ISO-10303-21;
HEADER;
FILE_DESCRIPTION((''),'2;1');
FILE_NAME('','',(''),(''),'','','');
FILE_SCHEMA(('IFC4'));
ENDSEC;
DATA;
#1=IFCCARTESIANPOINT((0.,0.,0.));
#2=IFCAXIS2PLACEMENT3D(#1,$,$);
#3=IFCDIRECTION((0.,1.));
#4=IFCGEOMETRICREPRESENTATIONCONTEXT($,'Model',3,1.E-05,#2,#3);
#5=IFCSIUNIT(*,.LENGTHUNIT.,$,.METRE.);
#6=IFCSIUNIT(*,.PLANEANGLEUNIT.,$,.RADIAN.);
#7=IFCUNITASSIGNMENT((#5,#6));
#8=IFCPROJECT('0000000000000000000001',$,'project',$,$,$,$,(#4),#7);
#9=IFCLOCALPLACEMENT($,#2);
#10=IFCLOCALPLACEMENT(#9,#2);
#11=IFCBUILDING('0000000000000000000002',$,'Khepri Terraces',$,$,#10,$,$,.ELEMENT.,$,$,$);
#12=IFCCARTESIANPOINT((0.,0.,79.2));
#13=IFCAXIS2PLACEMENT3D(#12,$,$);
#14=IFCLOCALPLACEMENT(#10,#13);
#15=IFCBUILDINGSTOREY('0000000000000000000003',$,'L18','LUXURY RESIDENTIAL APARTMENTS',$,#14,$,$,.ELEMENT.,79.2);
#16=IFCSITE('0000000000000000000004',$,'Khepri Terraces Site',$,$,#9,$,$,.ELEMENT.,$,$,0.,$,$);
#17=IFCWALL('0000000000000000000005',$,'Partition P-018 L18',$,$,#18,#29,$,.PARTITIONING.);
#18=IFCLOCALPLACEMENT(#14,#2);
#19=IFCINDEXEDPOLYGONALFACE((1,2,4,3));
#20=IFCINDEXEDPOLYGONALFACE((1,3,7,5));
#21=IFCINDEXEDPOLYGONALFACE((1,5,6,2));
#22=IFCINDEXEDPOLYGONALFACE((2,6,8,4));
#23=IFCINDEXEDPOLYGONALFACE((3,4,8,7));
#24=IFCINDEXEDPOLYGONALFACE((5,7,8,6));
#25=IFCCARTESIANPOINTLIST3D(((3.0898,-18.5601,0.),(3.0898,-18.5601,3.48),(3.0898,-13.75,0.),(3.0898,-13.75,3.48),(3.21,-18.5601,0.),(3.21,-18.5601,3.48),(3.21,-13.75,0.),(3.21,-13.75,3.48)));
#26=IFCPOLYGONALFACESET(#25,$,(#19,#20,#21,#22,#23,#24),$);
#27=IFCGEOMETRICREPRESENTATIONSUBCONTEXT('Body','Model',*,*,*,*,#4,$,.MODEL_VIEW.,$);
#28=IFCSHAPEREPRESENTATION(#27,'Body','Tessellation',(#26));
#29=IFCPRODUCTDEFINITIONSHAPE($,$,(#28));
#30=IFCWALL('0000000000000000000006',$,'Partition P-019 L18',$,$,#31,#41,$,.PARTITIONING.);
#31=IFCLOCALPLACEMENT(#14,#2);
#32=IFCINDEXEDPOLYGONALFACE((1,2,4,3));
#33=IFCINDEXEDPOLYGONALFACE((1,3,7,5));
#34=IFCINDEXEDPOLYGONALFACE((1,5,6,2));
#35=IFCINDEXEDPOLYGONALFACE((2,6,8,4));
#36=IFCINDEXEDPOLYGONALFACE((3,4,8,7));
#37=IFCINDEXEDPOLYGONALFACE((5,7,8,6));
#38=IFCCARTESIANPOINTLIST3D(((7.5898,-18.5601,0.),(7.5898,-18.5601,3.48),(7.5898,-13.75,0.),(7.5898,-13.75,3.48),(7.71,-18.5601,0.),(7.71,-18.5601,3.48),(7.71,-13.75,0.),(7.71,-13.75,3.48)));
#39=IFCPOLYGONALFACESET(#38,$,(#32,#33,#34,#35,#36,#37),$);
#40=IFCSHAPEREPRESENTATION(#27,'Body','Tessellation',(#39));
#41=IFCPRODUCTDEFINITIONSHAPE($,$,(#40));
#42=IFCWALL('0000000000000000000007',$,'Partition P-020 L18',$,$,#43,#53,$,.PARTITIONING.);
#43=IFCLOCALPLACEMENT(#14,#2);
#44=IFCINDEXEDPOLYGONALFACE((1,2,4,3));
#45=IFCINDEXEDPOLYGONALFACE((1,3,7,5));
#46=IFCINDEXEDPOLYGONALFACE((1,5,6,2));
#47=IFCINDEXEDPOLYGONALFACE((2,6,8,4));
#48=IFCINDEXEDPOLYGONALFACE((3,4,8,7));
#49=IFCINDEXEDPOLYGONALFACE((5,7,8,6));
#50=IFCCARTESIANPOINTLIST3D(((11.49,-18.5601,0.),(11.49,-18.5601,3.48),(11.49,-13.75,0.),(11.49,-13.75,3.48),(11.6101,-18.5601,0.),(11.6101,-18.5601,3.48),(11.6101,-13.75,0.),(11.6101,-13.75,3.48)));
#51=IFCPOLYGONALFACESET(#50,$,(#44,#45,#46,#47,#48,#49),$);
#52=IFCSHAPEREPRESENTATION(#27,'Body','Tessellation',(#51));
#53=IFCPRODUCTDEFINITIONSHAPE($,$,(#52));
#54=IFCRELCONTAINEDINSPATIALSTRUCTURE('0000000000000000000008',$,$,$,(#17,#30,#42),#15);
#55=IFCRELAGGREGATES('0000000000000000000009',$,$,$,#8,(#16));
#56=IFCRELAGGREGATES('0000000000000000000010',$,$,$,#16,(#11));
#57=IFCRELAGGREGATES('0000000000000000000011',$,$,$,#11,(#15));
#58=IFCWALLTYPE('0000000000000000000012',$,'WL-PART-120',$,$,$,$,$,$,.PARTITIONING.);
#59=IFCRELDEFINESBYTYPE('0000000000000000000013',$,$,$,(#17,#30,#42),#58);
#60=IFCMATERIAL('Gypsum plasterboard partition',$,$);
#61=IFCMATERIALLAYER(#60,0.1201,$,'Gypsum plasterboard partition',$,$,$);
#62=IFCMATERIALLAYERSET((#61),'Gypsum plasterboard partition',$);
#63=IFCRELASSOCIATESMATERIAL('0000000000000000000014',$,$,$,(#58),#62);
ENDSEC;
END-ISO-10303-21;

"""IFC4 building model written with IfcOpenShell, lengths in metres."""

from ifc_helpers import new_model, si_unit, direction, frame, frame_2d, origin, place, context, subcontext, project, spatial, rectangle, extrude, material, layer, layer_set, type_object, element, save


model = new_model("IFC4")

# Units and contexts
model_context = context("Model", 3, precision=1e-05, world=origin(), true_north=direction((0.0, 1.0)))
body_context = subcontext(model_context, "Body", "Model", "MODEL_VIEW")
ifc_project = project(units=[si_unit("LENGTHUNIT", "METRE"), si_unit("PLANEANGLEUNIT", "RADIAN")], contexts=[model_context])

# Site, building, storey
site_placement = place(None, origin())
site = spatial("IfcSite", under=ifc_project, at=site_placement, Name="Khepri Terraces Site", CompositionType="ELEMENT", RefElevation=0.0)
building_placement = place(site_placement, origin())
building = spatial("IfcBuilding", under=site, at=building_placement, Name="Khepri Terraces", CompositionType="ELEMENT")
storey_placement = place(building_placement, frame((0.0, 0.0, 79.2)))
storey = spatial("IfcBuildingStorey", under=building, at=storey_placement, Name="L18", Description="LUXURY RESIDENTIAL APARTMENTS", CompositionType="ELEMENT", Elevation=79.2)

# Shared definitions
ifc_material_1 = material(Name="Gypsum plasterboard partition")
ifc_layer_1 = layer(ifc_material_1, 0.1201, Name="Gypsum plasterboard partition")
ifc_layer_set_1 = layer_set([ifc_layer_1], Name="Gypsum plasterboard partition")
wall_type_1 = type_object("IfcWallType", Name="WL-PART-120", PredefinedType="PARTITIONING", material=ifc_layer_set_1)

# Walls
for number, where, z_axis, x_axis, name in (
    (1, (3.1499, -18.5601, 0.0), (0.0, 0.0, 1.0), (0.0, 1.0, 0.0), "Partition P-018 L18"),
    (2, (7.6499, -18.5601, 0.0), (0.0, 0.0, 1.0), (0.0, 1.0, 0.0), "Partition P-019 L18"),
    (3, (11.55, -18.5601, 0.0), (0.0, 0.0, 1.0), (0.0, 1.0, 0.0), "Partition P-020 L18"),
):
    element("IfcWall", number, at=place(storey_placement, frame(where, z_axis=z_axis, x_axis=x_axis)), inside=storey, type_object=wall_type_1, Name=name, PredefinedType="PARTITIONING", context=body_context, shape_type="SweptSolid", body=[
        extrude(rectangle(XDim=4.8101, YDim=0.1201, at=frame_2d((2.405, 0.0))), origin(), (0.0, 0.0, 1.0), 3.48),
    ])

save(model, "model.ifc")
